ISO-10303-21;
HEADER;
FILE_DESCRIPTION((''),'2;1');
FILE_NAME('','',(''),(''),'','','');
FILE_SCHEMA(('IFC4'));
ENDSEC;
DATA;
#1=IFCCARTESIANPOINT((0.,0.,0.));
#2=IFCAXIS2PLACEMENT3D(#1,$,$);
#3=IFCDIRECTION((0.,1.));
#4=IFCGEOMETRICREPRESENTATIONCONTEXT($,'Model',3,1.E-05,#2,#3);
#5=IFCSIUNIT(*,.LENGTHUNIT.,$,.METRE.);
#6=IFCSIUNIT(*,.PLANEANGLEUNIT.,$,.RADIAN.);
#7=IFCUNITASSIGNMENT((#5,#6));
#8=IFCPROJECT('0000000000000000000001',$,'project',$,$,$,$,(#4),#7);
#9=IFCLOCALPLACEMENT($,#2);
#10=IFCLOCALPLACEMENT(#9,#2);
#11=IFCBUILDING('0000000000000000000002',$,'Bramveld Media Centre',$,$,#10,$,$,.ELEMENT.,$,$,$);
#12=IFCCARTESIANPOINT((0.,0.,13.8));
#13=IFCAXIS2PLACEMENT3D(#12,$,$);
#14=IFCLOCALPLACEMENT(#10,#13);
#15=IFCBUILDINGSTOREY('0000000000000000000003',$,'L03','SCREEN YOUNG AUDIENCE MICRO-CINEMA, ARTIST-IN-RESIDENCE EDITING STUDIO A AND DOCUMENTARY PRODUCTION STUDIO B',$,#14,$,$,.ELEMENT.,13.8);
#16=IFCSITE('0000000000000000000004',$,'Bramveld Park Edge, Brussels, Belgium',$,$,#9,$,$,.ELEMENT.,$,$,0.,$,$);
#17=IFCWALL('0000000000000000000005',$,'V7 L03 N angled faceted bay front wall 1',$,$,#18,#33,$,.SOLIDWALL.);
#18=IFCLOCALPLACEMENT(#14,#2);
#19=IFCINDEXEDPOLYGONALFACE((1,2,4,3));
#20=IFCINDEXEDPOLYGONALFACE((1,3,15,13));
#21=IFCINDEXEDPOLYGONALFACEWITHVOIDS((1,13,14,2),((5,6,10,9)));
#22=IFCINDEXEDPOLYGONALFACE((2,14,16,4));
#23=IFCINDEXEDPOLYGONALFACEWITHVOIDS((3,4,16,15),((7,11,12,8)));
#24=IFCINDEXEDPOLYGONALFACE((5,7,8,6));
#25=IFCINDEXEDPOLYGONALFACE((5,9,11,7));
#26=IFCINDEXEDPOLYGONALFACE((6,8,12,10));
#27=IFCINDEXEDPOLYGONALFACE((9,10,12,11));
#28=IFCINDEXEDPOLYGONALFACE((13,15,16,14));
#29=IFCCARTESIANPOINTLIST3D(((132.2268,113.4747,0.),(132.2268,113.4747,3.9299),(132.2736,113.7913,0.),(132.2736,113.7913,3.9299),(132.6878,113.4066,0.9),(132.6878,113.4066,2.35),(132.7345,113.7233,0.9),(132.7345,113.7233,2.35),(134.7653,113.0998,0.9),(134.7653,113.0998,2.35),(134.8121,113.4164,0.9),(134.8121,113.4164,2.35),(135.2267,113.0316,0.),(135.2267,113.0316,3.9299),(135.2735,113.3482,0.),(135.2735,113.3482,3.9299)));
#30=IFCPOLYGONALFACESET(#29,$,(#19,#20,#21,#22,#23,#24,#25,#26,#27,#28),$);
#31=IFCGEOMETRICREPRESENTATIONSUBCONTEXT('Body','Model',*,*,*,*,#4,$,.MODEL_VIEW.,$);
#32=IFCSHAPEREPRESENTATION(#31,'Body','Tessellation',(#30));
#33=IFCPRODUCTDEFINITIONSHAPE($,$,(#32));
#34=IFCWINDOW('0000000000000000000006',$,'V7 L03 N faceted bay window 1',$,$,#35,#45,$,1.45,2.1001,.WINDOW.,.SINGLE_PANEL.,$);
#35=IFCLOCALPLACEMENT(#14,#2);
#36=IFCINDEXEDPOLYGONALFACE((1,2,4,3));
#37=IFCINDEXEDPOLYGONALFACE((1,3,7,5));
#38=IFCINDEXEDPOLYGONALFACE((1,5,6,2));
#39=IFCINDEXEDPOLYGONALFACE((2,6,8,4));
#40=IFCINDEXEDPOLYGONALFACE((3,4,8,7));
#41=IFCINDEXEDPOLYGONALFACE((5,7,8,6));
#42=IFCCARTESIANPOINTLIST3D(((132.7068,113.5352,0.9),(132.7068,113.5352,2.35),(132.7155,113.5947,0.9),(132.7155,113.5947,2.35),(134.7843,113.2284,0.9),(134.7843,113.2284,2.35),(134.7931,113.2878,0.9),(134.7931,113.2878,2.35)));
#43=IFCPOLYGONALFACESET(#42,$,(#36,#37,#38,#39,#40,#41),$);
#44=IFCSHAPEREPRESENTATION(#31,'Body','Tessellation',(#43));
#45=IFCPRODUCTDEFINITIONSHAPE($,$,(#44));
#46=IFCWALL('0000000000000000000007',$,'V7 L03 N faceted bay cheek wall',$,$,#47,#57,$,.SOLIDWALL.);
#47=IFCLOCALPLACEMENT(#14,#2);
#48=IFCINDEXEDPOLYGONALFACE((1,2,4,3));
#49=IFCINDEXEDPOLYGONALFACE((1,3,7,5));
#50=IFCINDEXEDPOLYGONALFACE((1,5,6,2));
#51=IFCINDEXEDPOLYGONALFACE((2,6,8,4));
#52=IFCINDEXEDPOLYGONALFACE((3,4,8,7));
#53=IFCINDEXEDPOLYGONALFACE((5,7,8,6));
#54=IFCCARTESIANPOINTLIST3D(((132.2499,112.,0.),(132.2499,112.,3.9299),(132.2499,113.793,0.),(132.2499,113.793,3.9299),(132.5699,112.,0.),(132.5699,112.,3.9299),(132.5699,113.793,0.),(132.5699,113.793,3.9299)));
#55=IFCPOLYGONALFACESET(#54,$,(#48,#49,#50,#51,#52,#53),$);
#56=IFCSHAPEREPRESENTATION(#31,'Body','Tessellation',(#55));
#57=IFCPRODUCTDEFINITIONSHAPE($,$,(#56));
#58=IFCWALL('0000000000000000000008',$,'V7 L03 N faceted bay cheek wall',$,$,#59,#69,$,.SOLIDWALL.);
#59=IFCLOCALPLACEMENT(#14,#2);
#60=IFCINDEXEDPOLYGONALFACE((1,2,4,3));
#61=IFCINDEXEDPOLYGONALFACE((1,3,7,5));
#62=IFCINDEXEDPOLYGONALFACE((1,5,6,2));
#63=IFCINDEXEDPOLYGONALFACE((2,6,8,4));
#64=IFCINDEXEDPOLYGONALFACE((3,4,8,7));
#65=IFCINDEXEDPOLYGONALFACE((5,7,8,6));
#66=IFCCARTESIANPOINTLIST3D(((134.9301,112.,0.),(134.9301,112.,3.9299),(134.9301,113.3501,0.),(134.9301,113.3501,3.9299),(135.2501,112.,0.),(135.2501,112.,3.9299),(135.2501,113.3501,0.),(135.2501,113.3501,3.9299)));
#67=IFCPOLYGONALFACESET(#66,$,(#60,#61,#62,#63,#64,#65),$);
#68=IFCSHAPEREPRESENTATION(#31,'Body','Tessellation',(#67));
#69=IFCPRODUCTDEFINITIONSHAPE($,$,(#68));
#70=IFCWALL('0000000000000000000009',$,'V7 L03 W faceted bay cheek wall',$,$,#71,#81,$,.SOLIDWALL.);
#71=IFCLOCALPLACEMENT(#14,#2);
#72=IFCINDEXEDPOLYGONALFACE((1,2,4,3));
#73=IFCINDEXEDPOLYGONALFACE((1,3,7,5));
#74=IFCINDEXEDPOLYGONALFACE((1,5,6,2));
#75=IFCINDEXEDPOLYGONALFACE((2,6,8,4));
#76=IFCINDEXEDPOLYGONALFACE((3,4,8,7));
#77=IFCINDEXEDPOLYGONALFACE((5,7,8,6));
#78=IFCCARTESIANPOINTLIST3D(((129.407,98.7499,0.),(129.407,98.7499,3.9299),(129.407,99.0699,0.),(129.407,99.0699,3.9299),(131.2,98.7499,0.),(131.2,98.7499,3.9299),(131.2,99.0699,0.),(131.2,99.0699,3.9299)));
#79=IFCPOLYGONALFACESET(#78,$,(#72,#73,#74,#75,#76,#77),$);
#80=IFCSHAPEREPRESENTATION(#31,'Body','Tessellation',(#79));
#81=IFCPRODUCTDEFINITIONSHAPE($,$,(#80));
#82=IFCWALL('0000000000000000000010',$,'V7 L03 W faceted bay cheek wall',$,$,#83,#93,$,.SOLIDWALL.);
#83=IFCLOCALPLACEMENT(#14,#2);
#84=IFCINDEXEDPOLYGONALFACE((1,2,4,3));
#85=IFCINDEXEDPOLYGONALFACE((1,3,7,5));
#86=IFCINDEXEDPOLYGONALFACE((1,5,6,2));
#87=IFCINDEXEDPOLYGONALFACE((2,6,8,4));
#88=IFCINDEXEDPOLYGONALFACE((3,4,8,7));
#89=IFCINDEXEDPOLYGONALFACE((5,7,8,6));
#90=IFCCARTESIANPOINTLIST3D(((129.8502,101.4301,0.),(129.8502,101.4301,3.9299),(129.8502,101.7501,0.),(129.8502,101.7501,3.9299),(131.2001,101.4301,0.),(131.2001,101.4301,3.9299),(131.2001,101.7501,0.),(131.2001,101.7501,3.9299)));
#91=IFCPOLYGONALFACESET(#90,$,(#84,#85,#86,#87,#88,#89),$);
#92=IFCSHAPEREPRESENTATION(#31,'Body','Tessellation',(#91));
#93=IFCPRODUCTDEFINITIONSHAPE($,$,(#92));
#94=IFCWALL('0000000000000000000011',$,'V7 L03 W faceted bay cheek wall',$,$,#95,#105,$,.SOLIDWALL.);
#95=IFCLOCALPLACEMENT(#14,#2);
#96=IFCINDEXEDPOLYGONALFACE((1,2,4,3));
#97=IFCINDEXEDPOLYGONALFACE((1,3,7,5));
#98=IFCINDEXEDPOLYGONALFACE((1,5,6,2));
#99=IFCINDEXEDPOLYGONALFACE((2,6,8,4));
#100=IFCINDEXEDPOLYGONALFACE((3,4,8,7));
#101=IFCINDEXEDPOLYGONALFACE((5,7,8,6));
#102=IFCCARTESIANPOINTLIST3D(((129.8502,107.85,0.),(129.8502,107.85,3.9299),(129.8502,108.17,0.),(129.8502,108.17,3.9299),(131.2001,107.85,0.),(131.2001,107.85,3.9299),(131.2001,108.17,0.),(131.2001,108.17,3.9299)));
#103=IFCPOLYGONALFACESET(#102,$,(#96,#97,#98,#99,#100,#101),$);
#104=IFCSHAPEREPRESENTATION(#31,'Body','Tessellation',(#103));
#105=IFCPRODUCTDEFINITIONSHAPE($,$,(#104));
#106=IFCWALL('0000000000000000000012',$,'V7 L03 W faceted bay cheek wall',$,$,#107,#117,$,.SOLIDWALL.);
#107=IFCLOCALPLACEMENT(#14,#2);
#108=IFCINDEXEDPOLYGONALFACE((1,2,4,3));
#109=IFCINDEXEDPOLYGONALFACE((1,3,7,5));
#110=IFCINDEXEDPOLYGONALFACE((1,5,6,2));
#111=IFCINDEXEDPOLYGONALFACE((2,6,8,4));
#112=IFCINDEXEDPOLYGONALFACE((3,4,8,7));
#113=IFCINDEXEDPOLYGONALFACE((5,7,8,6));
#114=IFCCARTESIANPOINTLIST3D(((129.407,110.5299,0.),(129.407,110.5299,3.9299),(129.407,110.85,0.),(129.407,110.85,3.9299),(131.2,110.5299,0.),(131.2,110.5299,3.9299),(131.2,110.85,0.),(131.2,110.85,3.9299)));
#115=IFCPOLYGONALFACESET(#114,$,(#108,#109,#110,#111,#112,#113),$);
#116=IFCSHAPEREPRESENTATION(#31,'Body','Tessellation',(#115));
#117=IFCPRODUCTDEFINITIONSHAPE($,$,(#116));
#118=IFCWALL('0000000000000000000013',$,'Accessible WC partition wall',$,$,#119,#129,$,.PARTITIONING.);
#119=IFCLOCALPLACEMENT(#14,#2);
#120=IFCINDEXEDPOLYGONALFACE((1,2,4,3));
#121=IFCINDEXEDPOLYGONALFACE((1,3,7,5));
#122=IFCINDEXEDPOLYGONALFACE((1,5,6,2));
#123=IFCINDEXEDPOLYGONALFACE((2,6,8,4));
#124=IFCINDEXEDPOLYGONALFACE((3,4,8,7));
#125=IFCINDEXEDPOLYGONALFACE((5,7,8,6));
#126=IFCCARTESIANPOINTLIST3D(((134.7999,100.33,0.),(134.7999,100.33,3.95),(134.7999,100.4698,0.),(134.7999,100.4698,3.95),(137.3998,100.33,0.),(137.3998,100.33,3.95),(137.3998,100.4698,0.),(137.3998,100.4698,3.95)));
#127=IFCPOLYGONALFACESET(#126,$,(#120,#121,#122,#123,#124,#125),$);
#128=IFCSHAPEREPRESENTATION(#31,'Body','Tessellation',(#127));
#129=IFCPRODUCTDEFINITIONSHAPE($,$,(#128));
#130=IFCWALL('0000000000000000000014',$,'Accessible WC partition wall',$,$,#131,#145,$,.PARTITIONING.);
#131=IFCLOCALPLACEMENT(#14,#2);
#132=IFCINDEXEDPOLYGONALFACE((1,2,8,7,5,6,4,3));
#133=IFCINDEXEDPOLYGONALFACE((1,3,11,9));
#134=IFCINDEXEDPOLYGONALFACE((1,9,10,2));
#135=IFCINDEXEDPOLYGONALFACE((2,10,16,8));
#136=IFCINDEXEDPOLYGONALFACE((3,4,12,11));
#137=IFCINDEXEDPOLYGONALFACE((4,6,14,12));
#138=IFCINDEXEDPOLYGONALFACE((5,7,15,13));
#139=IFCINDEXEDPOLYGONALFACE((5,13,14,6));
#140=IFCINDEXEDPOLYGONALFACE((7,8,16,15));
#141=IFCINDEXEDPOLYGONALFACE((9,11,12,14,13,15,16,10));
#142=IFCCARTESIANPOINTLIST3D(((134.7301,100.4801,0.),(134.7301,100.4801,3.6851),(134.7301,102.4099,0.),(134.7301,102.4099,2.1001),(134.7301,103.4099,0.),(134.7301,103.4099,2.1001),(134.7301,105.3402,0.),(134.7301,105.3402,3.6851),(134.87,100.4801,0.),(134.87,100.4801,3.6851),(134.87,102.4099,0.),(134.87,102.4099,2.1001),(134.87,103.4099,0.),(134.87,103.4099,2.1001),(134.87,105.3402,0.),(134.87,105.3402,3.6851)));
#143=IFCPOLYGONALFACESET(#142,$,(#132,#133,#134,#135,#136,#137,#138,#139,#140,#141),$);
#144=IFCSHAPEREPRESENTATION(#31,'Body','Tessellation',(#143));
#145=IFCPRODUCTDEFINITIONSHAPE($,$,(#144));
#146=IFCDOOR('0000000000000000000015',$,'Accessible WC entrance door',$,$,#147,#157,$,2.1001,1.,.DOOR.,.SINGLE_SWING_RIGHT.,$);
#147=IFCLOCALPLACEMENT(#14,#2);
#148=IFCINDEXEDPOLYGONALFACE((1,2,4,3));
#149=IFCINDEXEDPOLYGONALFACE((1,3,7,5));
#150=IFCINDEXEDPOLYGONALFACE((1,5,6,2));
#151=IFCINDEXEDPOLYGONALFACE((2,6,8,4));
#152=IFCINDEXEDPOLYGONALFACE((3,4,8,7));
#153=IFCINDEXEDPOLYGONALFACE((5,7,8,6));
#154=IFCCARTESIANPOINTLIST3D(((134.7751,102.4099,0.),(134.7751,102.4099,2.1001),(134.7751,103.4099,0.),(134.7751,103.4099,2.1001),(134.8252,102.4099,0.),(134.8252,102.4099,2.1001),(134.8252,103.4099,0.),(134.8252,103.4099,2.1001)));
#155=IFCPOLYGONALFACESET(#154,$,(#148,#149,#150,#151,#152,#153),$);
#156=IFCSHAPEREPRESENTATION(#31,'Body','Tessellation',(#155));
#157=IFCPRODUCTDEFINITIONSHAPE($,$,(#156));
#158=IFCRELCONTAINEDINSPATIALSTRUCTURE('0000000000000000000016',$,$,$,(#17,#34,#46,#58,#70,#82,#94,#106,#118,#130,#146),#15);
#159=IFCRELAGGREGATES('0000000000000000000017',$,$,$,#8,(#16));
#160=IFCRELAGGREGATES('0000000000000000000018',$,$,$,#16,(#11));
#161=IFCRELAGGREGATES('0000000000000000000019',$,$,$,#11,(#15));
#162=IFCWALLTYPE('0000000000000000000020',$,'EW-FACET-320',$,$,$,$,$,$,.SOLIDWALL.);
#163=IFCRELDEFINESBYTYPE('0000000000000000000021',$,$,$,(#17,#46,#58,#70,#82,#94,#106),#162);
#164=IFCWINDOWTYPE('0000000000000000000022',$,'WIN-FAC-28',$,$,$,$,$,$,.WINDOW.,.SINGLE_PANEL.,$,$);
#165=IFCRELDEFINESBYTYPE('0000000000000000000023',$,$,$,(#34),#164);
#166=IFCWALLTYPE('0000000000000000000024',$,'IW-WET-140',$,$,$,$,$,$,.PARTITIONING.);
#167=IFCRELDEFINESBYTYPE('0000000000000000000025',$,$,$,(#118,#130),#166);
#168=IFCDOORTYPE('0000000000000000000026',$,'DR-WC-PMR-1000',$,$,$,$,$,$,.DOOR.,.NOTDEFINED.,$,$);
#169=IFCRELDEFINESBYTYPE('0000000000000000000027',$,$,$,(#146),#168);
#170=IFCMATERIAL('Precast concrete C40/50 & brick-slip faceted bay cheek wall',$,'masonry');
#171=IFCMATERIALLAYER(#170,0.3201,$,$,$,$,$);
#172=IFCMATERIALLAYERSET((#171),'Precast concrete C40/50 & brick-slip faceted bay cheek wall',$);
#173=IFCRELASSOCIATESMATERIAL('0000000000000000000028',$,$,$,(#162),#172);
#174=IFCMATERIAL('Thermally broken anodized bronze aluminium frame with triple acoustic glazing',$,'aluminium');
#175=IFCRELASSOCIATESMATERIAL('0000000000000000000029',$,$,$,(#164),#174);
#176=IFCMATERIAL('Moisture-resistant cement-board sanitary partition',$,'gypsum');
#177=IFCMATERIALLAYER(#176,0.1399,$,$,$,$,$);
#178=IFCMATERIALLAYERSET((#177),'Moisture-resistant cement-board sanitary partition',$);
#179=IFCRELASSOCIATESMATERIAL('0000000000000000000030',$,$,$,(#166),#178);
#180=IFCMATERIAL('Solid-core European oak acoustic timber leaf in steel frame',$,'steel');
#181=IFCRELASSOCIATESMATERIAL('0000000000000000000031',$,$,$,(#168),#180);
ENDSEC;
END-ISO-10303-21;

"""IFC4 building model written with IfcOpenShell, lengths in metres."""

from ifc_helpers import new_model, si_unit, direction, frame, frame_2d, origin, place, context, subcontext, project, spatial, rectangle, extrude, material, layer, layer_set, type_object, element, fill, save


model = new_model("IFC4")

# Units and contexts
model_context = context("Model", 3, precision=1e-05, world=origin(), true_north=direction((0.0, 1.0)))
body_context = subcontext(model_context, "Body", "Model", "MODEL_VIEW")
ifc_project = project(units=[si_unit("LENGTHUNIT", "METRE"), si_unit("PLANEANGLEUNIT", "RADIAN")], contexts=[model_context])

# Site, building, storey
site_placement = place(None, origin())
site = spatial("IfcSite", under=ifc_project, at=site_placement, Name="Bramveld Park Edge, Brussels, Belgium", CompositionType="ELEMENT", RefElevation=0.0)
building_placement = place(site_placement, origin())
building = spatial("IfcBuilding", under=site, at=building_placement, Name="Bramveld Media Centre", CompositionType="ELEMENT")
storey_placement = place(building_placement, frame((0.0, 0.0, 13.8)))
storey = spatial("IfcBuildingStorey", under=building, at=storey_placement, Name="L03", Description="SCREEN YOUNG AUDIENCE MICRO-CINEMA, ARTIST-IN-RESIDENCE EDITING STUDIO A AND DOCUMENTARY PRODUCTION STUDIO B", CompositionType="ELEMENT", Elevation=13.8)

# Wall, opening, window
ifc_material_1 = material(Name="Precast concrete C40/50 & brick-slip faceted bay cheek wall", Category="masonry")
ifc_layer_1 = layer(ifc_material_1, 0.3201)
ifc_layer_set_1 = layer_set([ifc_layer_1], Name="Precast concrete C40/50 & brick-slip faceted bay cheek wall")
wall_type_1 = type_object("IfcWallType", Name="EW-FACET-320", PredefinedType="SOLIDWALL", material=ifc_layer_set_1)
wall_1_placement = place(storey_placement, frame((135.25, 113.1899, 0.0), z_axis=(0.0, 0.0, 1.0), x_axis=(-0.989267, 0.14612, 0.0)))
wall_1 = element("IfcWall", 1, at=wall_1_placement, inside=storey, type_object=wall_type_1, Name="V7 L03 N angled faceted bay front wall 1", PredefinedType="SOLIDWALL", context=body_context, shape_type="SweptSolid", body=[
    extrude(rectangle(XDim=3.0325, YDim=0.3201, at=frame_2d((1.5161, 0.0))), origin(), (0.0, 0.0, 1.0), 3.9299),
])
opening_1_placement = place(wall_1_placement, frame((0.4663, 0.0, 0.8999)))
opening_1 = element("IfcOpeningElement", 2, at=opening_1_placement, cuts=wall_1, PredefinedType="OPENING", context=body_context, shape_type="SweptSolid", body=[
    extrude(rectangle(XDim=2.1001, YDim=1.45, at=frame_2d((1.05, 0.7251))), frame((0.0, 0.1719, 0.0), z_axis=(0.0, -1.0, 0.0), x_axis=(1.0, 0.0, 0.0)), (0.0, 0.0, 1.0), 0.344),
])
ifc_material_2 = material(Name="Thermally broken anodized bronze aluminium frame with triple acoustic glazing", Category="aluminium")
window_type = type_object("IfcWindowType", Name="WIN-FAC-28", PartitioningType="SINGLE_PANEL", PredefinedType="WINDOW", material=ifc_material_2)
window_placement = place(opening_1_placement, origin())
window = element("IfcWindow", 3, at=window_placement, inside=storey, type_object=window_type, Name="V7 L03 N faceted bay window 1", OverallHeight=1.45, OverallWidth=2.1001, PartitioningType="SINGLE_PANEL", PredefinedType="WINDOW", context=body_context, shape_type="SweptSolid", body=[
    extrude(rectangle(XDim=2.1001, YDim=1.45, at=frame_2d((1.05, 0.7251))), frame((0.0, 0.03, 0.0), z_axis=(0.0, -1.0, 0.0), x_axis=(1.0, 0.0, 0.0)), (0.0, 0.0, 1.0), 0.0601),
])
fill(opening_1, window)

# Walls
wall_2_placement = place(storey_placement, frame((132.4099, 112.0, 0.0), z_axis=(0.0, 0.0, 1.0), x_axis=(0.0, 1.0, 0.0)))
element("IfcWall", 4, at=wall_2_placement, inside=storey, type_object=wall_type_1, Name="V7 L03 N faceted bay cheek wall", PredefinedType="SOLIDWALL", context=body_context, shape_type="SweptSolid", body=[
    extrude(rectangle(XDim=1.793, YDim=0.3201, at=frame_2d((0.8965, 0.0))), origin(), (0.0, 0.0, 1.0), 3.9299),
])
wall_3_placement = place(storey_placement, frame((135.0901, 112.0, 0.0), z_axis=(0.0, 0.0, 1.0), x_axis=(0.0, 1.0, 0.0)))
element("IfcWall", 5, at=wall_3_placement, inside=storey, type_object=wall_type_1, Name="V7 L03 N faceted bay cheek wall", PredefinedType="SOLIDWALL", context=body_context, shape_type="SweptSolid", body=[
    extrude(rectangle(XDim=1.3501, YDim=0.3201, at=frame_2d((0.675, 0.0))), origin(), (0.0, 0.0, 1.0), 3.9299),
])
wall_4_placement = place(storey_placement, frame((131.2, 98.9099, 0.0), z_axis=(0.0, 0.0, 1.0), x_axis=(-1.0, 0.0, 0.0)))
element("IfcWall", 6, at=wall_4_placement, inside=storey, type_object=wall_type_1, Name="V7 L03 W faceted bay cheek wall", PredefinedType="SOLIDWALL", context=body_context, shape_type="SweptSolid", body=[
    extrude(rectangle(XDim=1.793, YDim=0.3201, at=frame_2d((0.8965, 0.0))), origin(), (0.0, 0.0, 1.0), 3.9299),
])
for number, where, z_axis, x_axis, name in (
    (7, (131.2, 101.5901, 0.0), (0.0, 0.0, 1.0), (-1.0, 0.0, 0.0), "V7 L03 W faceted bay cheek wall"),
    (8, (131.2, 108.01, 0.0), (0.0, 0.0, 1.0), (-1.0, 0.0, 0.0), "V7 L03 W faceted bay cheek wall"),
):
    element("IfcWall", number, at=place(storey_placement, frame(where, z_axis=z_axis, x_axis=x_axis)), inside=storey, type_object=wall_type_1, Name=name, PredefinedType="SOLIDWALL", context=body_context, shape_type="SweptSolid", body=[
        extrude(rectangle(XDim=1.3499, YDim=0.3201, at=frame_2d((0.6748, 0.0))), origin(), (0.0, 0.0, 1.0), 3.9299),
    ])
wall_5_placement = place(storey_placement, frame((131.2, 110.6899, 0.0), z_axis=(0.0, 0.0, 1.0), x_axis=(-1.0, 0.0, 0.0)))
element("IfcWall", 9, at=wall_5_placement, inside=storey, type_object=wall_type_1, Name="V7 L03 W faceted bay cheek wall", PredefinedType="SOLIDWALL", context=body_context, shape_type="SweptSolid", body=[
    extrude(rectangle(XDim=1.793, YDim=0.3201, at=frame_2d((0.8965, 0.0))), origin(), (0.0, 0.0, 1.0), 3.9299),
])
ifc_material_3 = material(Name="Moisture-resistant cement-board sanitary partition", Category="gypsum")
ifc_layer_2 = layer(ifc_material_3, 0.1399)
ifc_layer_set_2 = layer_set([ifc_layer_2], Name="Moisture-resistant cement-board sanitary partition")
wall_type_2 = type_object("IfcWallType", Name="IW-WET-140", PredefinedType="PARTITIONING", material=ifc_layer_set_2)
wall_6_placement = place(storey_placement, frame((134.8, 100.3999, 0.0), z_axis=(0.0, 0.0, 1.0), x_axis=(1.0, 0.0, 0.0)))
element("IfcWall", 10, at=wall_6_placement, inside=storey, type_object=wall_type_2, Name="Accessible WC partition wall", PredefinedType="PARTITIONING", context=body_context, shape_type="SweptSolid", body=[
    extrude(rectangle(XDim=2.5999, YDim=0.1399, at=frame_2d((1.2998, 0.0))), origin(), (0.0, 0.0, 1.0), 3.95),
])

# Wall, opening, door
wall_7_placement = place(storey_placement, frame((134.8, 100.48, 0.0), z_axis=(0.0, 0.0, 1.0), x_axis=(0.0, 1.0, 0.0)))
wall_7 = element("IfcWall", 11, at=wall_7_placement, inside=storey, type_object=wall_type_2, Name="Accessible WC partition wall", PredefinedType="PARTITIONING", context=body_context, shape_type="SweptSolid", body=[
    extrude(rectangle(XDim=4.8601, YDim=0.1399, at=frame_2d((2.4302, 0.0))), origin(), (0.0, 0.0, 1.0), 3.6851),
])
opening_2_placement = place(wall_7_placement, frame((1.9299, 0.0, 0.0)))
opening_2 = element("IfcOpeningElement", 12, at=opening_2_placement, cuts=wall_7, PredefinedType="OPENING", context=body_context, shape_type="SweptSolid", body=[
    extrude(rectangle(XDim=1.0, YDim=2.1001, at=frame_2d((0.5, 1.05))), frame((0.0, 0.082, 0.0), z_axis=(0.0, -1.0, 0.0), x_axis=(1.0, 0.0, 0.0)), (0.0, 0.0, 1.0), 0.1638),
])
ifc_material_4 = material(Name="Solid-core European oak acoustic timber leaf in steel frame", Category="steel")
door_type_1 = type_object("IfcDoorType", Name="DR-WC-PMR-1000", OperationType="NOTDEFINED", PredefinedType="DOOR", material=ifc_material_4)
door_1_placement = place(opening_2_placement, origin())
door_1 = element("IfcDoor", 13, at=door_1_placement, inside=storey, type_object=door_type_1, Name="Accessible WC entrance door", OperationType="SINGLE_SWING_RIGHT", OverallHeight=2.1001, OverallWidth=1.0, PredefinedType="DOOR", context=body_context, shape_type="SweptSolid", body=[
    extrude(rectangle(XDim=1.0, YDim=2.1001, at=frame_2d((0.5, 1.05))), frame((0.0, 0.0249, 0.0), z_axis=(0.0, -1.0, 0.0), x_axis=(1.0, 0.0, 0.0)), (0.0, 0.0, 1.0), 0.05),
])
fill(opening_2, door_1)

save(model, "model.ifc")
